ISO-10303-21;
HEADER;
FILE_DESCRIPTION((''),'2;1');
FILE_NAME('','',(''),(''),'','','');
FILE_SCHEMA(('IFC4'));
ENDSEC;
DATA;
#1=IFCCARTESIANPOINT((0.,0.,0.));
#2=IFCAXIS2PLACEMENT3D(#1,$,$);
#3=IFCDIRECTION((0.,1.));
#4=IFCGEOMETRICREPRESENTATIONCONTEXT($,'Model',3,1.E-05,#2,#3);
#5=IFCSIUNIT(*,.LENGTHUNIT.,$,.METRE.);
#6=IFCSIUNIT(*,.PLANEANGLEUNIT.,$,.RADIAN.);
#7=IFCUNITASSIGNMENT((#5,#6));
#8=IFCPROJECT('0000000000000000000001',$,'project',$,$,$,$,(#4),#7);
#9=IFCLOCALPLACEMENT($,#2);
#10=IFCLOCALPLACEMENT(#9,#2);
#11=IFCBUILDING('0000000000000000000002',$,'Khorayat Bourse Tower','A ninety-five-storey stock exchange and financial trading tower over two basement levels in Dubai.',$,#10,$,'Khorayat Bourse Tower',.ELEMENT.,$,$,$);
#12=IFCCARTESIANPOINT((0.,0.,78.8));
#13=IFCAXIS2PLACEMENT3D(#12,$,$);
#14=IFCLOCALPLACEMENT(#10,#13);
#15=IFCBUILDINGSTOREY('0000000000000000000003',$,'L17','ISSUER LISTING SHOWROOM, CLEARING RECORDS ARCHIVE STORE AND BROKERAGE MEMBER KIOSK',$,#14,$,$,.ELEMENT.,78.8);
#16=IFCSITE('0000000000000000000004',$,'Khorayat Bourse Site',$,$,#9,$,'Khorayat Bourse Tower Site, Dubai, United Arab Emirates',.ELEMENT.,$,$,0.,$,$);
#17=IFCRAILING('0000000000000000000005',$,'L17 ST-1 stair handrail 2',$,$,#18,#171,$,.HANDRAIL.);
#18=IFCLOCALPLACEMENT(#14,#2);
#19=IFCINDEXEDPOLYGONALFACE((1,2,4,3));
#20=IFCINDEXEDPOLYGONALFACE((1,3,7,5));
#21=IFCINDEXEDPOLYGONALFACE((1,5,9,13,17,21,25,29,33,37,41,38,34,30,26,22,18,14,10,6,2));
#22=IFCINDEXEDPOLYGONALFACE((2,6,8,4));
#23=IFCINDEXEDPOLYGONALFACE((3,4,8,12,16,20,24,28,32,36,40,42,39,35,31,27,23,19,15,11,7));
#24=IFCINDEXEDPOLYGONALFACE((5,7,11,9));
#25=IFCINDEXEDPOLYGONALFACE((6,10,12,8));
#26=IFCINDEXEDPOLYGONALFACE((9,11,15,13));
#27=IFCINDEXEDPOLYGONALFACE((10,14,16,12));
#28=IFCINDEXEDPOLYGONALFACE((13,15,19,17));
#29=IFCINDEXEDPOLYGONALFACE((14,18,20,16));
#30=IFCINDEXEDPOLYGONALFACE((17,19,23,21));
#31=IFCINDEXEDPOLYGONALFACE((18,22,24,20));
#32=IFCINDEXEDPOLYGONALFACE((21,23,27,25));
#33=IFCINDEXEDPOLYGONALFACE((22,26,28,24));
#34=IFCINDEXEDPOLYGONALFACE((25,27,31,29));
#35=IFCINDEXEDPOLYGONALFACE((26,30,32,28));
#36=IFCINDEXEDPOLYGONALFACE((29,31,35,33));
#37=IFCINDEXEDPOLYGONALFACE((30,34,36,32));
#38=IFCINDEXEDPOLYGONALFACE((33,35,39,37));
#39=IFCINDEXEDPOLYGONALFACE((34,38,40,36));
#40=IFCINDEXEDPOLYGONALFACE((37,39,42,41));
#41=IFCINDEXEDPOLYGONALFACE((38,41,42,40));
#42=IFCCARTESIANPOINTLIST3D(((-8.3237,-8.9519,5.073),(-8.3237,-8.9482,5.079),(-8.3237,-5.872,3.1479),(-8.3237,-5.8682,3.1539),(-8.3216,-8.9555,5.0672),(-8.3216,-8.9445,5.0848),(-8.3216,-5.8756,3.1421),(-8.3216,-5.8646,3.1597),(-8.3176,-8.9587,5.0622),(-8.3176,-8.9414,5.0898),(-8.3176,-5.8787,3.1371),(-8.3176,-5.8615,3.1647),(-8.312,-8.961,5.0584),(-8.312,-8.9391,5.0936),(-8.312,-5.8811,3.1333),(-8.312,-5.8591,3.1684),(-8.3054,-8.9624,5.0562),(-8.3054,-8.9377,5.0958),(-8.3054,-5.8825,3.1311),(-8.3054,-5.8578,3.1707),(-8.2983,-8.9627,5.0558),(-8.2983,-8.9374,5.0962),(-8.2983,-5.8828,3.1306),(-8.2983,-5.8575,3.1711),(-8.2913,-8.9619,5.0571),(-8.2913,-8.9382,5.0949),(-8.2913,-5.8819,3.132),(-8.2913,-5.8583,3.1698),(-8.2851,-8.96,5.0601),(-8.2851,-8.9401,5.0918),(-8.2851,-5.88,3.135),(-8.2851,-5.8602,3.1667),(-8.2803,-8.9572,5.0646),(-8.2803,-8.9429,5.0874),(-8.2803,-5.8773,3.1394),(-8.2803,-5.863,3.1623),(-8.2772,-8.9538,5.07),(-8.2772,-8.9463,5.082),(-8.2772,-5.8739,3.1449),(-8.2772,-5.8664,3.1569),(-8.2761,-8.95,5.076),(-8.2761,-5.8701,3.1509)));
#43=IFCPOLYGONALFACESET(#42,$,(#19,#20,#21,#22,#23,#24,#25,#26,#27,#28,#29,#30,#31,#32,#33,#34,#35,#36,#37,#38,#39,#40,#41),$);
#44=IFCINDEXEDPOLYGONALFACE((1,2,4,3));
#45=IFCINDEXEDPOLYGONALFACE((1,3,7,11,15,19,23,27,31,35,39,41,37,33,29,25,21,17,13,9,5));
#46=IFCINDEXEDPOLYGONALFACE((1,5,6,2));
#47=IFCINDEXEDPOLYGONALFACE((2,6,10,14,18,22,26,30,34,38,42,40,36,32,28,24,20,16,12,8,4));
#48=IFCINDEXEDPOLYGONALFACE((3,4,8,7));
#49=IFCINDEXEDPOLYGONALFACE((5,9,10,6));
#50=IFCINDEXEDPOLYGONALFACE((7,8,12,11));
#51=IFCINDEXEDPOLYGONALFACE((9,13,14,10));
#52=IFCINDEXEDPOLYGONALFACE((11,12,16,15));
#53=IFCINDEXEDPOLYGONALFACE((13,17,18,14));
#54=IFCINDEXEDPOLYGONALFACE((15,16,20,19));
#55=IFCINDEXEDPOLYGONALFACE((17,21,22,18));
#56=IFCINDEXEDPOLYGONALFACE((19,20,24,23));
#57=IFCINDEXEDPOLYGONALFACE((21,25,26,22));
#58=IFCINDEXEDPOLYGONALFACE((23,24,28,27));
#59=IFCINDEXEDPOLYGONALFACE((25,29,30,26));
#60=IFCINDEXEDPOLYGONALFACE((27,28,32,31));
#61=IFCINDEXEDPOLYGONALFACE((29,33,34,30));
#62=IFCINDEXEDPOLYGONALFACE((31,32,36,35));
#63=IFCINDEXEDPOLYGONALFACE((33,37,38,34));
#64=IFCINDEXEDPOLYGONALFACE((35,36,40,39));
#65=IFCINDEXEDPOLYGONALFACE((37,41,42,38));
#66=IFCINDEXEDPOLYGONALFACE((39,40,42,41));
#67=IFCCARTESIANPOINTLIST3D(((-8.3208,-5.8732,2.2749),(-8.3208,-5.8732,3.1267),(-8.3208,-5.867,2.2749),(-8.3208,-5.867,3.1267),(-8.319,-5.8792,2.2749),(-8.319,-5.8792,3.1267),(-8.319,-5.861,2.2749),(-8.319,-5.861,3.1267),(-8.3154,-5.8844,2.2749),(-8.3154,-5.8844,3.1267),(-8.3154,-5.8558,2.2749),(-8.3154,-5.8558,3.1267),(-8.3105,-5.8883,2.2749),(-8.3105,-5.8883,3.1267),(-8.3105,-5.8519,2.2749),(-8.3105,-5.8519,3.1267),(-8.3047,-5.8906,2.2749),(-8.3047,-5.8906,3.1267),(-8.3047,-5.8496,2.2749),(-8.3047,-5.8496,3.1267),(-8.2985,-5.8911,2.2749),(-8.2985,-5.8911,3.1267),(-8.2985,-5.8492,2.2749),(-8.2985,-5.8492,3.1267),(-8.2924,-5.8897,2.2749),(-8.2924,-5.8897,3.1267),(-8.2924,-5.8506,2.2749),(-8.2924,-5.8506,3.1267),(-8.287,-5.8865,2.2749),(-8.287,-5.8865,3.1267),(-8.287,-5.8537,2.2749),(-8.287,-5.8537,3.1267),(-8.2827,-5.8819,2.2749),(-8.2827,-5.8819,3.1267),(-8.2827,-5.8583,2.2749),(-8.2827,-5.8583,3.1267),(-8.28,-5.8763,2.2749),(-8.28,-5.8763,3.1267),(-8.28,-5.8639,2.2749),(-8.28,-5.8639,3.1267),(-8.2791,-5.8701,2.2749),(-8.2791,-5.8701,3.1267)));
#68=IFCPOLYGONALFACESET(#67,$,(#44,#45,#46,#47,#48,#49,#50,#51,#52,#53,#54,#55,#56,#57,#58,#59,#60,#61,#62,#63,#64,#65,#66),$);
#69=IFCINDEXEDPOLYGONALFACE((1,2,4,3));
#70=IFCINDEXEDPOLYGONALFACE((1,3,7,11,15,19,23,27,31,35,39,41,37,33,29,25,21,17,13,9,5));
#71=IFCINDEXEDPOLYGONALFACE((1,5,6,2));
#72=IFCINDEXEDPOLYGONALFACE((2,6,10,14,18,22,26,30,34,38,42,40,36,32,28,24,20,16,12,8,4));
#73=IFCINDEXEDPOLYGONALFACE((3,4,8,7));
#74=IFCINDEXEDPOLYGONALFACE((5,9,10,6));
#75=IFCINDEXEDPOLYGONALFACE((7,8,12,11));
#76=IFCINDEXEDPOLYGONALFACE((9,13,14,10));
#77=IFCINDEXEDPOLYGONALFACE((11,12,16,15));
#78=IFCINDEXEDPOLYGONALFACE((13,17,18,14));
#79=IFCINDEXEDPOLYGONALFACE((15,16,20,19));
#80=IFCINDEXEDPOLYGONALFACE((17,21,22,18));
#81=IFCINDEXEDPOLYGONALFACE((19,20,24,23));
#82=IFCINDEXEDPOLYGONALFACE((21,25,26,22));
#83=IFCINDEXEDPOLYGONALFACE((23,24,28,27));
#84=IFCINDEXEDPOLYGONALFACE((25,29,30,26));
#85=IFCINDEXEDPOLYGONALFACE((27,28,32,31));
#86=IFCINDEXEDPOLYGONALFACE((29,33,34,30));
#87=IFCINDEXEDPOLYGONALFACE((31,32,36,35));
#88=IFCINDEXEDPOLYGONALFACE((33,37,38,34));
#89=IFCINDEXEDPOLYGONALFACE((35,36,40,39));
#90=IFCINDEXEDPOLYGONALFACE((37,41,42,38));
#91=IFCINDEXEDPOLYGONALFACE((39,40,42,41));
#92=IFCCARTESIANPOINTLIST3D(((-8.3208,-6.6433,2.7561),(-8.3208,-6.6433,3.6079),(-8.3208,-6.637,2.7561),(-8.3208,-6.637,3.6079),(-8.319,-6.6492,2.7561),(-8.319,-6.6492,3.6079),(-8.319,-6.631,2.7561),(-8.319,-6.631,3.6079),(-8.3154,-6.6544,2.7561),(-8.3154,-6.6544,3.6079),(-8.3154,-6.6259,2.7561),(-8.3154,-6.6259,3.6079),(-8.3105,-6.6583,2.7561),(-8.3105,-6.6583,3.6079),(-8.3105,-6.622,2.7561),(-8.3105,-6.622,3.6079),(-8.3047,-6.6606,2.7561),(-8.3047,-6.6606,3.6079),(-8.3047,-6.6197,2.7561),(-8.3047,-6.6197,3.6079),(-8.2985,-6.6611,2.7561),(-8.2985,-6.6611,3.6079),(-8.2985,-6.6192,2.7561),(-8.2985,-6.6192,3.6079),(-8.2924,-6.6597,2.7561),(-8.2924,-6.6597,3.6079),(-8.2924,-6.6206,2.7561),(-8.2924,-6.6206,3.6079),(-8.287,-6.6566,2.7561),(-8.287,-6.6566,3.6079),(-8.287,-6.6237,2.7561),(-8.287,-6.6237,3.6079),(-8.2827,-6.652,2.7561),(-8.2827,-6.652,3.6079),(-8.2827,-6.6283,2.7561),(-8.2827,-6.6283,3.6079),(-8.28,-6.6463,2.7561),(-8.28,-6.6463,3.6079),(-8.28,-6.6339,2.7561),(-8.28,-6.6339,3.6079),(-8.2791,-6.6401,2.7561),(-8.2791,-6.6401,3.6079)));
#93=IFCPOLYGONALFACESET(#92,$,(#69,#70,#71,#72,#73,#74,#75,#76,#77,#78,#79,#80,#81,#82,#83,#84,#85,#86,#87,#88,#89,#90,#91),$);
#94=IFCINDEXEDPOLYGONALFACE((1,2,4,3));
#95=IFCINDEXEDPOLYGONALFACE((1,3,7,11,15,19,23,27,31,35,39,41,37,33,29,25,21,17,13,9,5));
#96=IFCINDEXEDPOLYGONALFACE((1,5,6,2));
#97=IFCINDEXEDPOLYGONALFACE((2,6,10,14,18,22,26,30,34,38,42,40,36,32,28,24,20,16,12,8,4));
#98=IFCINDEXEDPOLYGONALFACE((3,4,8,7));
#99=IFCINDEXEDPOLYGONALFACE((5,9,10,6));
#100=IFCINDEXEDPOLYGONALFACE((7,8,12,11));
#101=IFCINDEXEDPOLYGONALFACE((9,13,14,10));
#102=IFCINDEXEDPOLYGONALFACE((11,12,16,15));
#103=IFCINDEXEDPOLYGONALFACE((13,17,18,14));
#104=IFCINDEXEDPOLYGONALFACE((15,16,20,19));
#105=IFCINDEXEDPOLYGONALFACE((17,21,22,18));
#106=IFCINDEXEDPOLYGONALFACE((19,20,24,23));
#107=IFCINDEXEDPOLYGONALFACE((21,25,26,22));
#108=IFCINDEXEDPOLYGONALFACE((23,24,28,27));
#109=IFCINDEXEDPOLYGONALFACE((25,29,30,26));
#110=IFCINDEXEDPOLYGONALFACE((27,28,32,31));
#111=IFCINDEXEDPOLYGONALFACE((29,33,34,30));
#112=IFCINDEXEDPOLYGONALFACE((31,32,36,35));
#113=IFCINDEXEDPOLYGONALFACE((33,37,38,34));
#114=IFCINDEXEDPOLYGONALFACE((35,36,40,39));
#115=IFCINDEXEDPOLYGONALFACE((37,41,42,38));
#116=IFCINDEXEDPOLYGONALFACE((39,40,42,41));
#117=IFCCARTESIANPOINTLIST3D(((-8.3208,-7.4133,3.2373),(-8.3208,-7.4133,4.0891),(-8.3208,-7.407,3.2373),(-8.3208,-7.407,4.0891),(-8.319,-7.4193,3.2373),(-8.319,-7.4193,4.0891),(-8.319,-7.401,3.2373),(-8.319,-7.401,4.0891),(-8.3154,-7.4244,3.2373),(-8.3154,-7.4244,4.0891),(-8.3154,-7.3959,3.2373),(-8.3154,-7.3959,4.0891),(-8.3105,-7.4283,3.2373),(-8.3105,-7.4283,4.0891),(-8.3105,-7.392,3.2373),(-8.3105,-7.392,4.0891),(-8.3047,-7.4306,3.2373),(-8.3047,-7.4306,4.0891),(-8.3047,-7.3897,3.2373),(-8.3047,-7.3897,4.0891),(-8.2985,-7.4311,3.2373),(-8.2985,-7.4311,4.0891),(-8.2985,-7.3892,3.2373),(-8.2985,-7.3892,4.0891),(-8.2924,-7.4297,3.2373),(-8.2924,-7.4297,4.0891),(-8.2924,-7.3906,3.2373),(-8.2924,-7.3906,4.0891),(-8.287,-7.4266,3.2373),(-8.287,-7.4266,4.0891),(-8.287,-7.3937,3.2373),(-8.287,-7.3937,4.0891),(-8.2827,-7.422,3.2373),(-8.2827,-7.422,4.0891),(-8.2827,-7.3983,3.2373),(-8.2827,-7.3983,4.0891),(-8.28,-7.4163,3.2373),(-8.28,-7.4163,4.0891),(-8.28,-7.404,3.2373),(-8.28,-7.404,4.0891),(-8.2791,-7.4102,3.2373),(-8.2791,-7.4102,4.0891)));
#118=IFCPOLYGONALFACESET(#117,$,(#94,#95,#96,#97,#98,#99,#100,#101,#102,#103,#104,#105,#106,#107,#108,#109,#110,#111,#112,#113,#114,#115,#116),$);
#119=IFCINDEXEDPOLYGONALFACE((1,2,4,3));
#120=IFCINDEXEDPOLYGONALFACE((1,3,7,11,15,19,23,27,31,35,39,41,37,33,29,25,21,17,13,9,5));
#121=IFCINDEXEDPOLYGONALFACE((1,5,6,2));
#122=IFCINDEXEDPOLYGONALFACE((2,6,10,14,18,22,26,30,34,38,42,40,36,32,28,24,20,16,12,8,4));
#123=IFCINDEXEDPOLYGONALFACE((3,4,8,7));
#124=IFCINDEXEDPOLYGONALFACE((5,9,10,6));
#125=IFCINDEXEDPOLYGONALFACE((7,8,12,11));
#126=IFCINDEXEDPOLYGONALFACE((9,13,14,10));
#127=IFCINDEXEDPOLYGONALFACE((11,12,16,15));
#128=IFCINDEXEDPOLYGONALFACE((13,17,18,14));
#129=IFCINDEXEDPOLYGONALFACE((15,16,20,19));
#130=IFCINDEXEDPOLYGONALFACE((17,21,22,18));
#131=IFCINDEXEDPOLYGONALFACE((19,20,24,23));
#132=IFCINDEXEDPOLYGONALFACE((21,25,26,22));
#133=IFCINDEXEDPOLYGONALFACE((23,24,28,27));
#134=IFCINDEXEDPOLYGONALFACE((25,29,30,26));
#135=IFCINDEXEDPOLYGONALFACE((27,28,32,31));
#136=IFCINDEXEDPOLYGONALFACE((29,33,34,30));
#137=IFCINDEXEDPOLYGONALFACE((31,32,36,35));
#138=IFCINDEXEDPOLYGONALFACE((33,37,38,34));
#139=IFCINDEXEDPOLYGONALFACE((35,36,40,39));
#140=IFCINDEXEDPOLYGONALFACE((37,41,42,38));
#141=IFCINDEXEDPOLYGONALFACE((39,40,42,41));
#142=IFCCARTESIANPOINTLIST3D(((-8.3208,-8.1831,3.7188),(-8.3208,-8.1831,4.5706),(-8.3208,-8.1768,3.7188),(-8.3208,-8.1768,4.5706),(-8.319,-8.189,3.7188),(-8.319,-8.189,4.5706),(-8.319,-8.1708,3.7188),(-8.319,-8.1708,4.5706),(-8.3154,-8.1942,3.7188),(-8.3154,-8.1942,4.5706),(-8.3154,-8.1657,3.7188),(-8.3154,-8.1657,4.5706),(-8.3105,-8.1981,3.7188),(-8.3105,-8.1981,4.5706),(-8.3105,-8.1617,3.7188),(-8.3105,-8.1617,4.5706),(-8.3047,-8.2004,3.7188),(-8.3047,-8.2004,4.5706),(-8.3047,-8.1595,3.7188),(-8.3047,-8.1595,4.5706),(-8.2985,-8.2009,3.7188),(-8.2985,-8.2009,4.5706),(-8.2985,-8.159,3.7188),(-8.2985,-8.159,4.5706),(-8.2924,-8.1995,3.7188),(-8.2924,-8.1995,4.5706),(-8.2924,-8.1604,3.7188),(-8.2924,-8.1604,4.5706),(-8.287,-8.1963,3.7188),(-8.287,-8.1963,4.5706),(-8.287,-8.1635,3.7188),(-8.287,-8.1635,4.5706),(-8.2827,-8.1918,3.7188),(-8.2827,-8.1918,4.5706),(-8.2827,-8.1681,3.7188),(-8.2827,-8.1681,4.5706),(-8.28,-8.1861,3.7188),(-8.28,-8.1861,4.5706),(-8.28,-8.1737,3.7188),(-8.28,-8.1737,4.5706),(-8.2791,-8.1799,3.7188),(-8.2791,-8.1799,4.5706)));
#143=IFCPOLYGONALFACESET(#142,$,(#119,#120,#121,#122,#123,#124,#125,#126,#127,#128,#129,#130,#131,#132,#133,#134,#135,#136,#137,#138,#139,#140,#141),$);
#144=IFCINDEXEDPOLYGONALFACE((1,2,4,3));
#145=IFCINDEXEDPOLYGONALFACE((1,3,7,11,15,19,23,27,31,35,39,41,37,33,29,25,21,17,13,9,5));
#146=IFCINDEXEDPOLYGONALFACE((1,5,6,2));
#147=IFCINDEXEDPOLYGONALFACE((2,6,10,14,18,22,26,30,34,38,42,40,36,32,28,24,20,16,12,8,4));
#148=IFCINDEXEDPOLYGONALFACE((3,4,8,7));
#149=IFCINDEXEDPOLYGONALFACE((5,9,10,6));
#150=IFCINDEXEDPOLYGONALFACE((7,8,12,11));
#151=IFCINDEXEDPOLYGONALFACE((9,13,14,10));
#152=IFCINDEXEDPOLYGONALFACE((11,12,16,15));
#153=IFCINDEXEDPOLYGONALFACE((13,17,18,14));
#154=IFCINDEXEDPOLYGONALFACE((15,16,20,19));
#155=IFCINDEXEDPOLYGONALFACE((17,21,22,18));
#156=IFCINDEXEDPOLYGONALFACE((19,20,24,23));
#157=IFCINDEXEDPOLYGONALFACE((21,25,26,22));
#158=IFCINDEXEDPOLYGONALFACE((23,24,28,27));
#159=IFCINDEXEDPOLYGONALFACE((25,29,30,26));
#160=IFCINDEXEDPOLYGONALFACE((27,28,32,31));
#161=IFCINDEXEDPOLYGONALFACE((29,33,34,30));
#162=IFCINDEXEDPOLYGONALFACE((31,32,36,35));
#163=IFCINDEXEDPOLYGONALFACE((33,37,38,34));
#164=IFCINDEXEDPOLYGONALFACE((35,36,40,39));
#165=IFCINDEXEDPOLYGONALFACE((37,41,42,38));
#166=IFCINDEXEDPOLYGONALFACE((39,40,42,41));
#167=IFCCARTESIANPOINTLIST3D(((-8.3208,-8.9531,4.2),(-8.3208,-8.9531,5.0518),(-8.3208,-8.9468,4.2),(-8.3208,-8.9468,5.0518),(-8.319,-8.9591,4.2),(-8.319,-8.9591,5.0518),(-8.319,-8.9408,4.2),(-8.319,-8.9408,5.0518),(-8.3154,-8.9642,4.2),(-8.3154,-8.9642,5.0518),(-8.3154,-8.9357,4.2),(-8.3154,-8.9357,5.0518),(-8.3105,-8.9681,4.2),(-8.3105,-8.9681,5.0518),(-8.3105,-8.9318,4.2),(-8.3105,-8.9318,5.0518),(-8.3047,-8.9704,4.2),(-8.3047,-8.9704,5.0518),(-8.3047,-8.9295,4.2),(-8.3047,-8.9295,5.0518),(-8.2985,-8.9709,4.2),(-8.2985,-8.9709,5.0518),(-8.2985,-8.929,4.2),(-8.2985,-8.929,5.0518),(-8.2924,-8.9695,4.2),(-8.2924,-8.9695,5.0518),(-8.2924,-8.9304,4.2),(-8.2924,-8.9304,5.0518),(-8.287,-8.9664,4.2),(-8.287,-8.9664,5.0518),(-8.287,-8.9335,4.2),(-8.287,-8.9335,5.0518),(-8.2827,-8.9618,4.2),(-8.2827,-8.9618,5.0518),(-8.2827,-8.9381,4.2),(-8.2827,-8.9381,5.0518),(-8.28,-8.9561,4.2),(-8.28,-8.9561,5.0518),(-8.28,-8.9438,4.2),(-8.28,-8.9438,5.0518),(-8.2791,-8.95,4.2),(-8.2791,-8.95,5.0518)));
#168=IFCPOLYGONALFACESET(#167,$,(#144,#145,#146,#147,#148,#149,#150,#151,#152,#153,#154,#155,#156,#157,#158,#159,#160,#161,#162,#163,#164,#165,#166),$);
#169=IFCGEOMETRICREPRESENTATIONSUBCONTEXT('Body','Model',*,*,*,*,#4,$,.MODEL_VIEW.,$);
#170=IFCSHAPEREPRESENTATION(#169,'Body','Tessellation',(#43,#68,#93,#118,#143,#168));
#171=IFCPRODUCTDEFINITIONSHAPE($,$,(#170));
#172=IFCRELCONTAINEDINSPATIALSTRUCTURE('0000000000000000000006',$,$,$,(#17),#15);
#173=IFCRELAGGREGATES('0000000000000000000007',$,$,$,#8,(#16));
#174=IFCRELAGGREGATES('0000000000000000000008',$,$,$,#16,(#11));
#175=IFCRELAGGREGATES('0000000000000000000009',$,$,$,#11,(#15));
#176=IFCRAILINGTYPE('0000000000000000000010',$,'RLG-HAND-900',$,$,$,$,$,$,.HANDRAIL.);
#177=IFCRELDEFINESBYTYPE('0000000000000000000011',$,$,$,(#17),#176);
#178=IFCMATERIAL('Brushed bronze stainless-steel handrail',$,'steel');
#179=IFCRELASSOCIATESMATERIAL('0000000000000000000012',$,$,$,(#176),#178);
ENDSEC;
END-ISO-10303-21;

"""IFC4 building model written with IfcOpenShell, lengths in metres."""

from ifc_helpers import new_model, si_unit, direction, frame, origin, origin_2d, place, context, subcontext, project, spatial, circle, extrude, source, transform, mapped, material, type_object, element, save


model = new_model("IFC4")

# Units and contexts
model_context = context("Model", 3, precision=1e-05, world=origin(), true_north=direction((0.0, 1.0)))
body_context = subcontext(model_context, "Body", "Model", "MODEL_VIEW")
ifc_project = project(units=[si_unit("LENGTHUNIT", "METRE"), si_unit("PLANEANGLEUNIT", "RADIAN")], contexts=[model_context])

# Site, building, storey
site_placement = place(None, origin())
site = spatial("IfcSite", under=ifc_project, at=site_placement, Name="Khorayat Bourse Site", LongName="Khorayat Bourse Tower Site, Dubai, United Arab Emirates", CompositionType="ELEMENT", RefElevation=0.0)
building_placement = place(site_placement, origin())
building = spatial("IfcBuilding", under=site, at=building_placement, Name="Khorayat Bourse Tower", Description="A ninety-five-storey stock exchange and financial trading tower over two basement levels in Dubai.", LongName="Khorayat Bourse Tower", CompositionType="ELEMENT")
storey_placement = place(building_placement, frame((0.0, 0.0, 78.8)))
storey = spatial("IfcBuildingStorey", under=building, at=storey_placement, Name="L17", Description="ISSUER LISTING SHOWROOM, CLEARING RECORDS ARCHIVE STORE AND BROKERAGE MEMBER KIOSK", CompositionType="ELEMENT", Elevation=78.8)

# Railing
ifc_material_1 = material(Name="Brushed bronze stainless-steel handrail", Category="steel")
railing_type_1 = type_object("IfcRailingType", Name="RLG-HAND-900", PredefinedType="HANDRAIL", material=ifc_material_1)
shared_shape_1 = source(origin(), body_context, "Body", "SweptSolid", [
    extrude(circle(Radius=0.0239, at=origin_2d()), frame((0.0, 0.0, 0.876), z_axis=(0.0, -0.847979, 0.530029), x_axis=(1.0, 0.0, 0.0)), (0.0, 0.0, 1.0), 3.6321),
    extrude(circle(Radius=0.021, at=origin_2d()), origin(), (0.0, 0.0, 1.0), 0.8518),
    extrude(circle(Radius=0.021, at=origin_2d()), frame((0.0, -0.77, 0.4812)), (0.0, 0.0, 1.0), 0.8518),
    extrude(circle(Radius=0.021, at=origin_2d()), frame((0.0, -1.54, 0.9624)), (0.0, 0.0, 1.0), 0.8518),
    extrude(circle(Radius=0.021, at=origin_2d()), frame((0.0, -2.3098, 1.4438)), (0.0, 0.0, 1.0), 0.8518),
    extrude(circle(Radius=0.021, at=origin_2d()), frame((0.0, -3.0798, 1.925)), (0.0, 0.0, 1.0), 0.8518),
])
railing_1_placement = place(storey_placement, frame((-8.3, -5.8701, 2.2749)))
element("IfcRailing", 1, at=railing_1_placement, inside=storey, type_object=railing_type_1, Name="L17 ST-1 stair handrail 2", PredefinedType="HANDRAIL", context=body_context, shape_type="MappedRepresentation", body=[
    mapped(shared_shape_1, transform((0.0, 0.0, 0.0), scale=1.0)),
])

save(model, "model.ifc")
